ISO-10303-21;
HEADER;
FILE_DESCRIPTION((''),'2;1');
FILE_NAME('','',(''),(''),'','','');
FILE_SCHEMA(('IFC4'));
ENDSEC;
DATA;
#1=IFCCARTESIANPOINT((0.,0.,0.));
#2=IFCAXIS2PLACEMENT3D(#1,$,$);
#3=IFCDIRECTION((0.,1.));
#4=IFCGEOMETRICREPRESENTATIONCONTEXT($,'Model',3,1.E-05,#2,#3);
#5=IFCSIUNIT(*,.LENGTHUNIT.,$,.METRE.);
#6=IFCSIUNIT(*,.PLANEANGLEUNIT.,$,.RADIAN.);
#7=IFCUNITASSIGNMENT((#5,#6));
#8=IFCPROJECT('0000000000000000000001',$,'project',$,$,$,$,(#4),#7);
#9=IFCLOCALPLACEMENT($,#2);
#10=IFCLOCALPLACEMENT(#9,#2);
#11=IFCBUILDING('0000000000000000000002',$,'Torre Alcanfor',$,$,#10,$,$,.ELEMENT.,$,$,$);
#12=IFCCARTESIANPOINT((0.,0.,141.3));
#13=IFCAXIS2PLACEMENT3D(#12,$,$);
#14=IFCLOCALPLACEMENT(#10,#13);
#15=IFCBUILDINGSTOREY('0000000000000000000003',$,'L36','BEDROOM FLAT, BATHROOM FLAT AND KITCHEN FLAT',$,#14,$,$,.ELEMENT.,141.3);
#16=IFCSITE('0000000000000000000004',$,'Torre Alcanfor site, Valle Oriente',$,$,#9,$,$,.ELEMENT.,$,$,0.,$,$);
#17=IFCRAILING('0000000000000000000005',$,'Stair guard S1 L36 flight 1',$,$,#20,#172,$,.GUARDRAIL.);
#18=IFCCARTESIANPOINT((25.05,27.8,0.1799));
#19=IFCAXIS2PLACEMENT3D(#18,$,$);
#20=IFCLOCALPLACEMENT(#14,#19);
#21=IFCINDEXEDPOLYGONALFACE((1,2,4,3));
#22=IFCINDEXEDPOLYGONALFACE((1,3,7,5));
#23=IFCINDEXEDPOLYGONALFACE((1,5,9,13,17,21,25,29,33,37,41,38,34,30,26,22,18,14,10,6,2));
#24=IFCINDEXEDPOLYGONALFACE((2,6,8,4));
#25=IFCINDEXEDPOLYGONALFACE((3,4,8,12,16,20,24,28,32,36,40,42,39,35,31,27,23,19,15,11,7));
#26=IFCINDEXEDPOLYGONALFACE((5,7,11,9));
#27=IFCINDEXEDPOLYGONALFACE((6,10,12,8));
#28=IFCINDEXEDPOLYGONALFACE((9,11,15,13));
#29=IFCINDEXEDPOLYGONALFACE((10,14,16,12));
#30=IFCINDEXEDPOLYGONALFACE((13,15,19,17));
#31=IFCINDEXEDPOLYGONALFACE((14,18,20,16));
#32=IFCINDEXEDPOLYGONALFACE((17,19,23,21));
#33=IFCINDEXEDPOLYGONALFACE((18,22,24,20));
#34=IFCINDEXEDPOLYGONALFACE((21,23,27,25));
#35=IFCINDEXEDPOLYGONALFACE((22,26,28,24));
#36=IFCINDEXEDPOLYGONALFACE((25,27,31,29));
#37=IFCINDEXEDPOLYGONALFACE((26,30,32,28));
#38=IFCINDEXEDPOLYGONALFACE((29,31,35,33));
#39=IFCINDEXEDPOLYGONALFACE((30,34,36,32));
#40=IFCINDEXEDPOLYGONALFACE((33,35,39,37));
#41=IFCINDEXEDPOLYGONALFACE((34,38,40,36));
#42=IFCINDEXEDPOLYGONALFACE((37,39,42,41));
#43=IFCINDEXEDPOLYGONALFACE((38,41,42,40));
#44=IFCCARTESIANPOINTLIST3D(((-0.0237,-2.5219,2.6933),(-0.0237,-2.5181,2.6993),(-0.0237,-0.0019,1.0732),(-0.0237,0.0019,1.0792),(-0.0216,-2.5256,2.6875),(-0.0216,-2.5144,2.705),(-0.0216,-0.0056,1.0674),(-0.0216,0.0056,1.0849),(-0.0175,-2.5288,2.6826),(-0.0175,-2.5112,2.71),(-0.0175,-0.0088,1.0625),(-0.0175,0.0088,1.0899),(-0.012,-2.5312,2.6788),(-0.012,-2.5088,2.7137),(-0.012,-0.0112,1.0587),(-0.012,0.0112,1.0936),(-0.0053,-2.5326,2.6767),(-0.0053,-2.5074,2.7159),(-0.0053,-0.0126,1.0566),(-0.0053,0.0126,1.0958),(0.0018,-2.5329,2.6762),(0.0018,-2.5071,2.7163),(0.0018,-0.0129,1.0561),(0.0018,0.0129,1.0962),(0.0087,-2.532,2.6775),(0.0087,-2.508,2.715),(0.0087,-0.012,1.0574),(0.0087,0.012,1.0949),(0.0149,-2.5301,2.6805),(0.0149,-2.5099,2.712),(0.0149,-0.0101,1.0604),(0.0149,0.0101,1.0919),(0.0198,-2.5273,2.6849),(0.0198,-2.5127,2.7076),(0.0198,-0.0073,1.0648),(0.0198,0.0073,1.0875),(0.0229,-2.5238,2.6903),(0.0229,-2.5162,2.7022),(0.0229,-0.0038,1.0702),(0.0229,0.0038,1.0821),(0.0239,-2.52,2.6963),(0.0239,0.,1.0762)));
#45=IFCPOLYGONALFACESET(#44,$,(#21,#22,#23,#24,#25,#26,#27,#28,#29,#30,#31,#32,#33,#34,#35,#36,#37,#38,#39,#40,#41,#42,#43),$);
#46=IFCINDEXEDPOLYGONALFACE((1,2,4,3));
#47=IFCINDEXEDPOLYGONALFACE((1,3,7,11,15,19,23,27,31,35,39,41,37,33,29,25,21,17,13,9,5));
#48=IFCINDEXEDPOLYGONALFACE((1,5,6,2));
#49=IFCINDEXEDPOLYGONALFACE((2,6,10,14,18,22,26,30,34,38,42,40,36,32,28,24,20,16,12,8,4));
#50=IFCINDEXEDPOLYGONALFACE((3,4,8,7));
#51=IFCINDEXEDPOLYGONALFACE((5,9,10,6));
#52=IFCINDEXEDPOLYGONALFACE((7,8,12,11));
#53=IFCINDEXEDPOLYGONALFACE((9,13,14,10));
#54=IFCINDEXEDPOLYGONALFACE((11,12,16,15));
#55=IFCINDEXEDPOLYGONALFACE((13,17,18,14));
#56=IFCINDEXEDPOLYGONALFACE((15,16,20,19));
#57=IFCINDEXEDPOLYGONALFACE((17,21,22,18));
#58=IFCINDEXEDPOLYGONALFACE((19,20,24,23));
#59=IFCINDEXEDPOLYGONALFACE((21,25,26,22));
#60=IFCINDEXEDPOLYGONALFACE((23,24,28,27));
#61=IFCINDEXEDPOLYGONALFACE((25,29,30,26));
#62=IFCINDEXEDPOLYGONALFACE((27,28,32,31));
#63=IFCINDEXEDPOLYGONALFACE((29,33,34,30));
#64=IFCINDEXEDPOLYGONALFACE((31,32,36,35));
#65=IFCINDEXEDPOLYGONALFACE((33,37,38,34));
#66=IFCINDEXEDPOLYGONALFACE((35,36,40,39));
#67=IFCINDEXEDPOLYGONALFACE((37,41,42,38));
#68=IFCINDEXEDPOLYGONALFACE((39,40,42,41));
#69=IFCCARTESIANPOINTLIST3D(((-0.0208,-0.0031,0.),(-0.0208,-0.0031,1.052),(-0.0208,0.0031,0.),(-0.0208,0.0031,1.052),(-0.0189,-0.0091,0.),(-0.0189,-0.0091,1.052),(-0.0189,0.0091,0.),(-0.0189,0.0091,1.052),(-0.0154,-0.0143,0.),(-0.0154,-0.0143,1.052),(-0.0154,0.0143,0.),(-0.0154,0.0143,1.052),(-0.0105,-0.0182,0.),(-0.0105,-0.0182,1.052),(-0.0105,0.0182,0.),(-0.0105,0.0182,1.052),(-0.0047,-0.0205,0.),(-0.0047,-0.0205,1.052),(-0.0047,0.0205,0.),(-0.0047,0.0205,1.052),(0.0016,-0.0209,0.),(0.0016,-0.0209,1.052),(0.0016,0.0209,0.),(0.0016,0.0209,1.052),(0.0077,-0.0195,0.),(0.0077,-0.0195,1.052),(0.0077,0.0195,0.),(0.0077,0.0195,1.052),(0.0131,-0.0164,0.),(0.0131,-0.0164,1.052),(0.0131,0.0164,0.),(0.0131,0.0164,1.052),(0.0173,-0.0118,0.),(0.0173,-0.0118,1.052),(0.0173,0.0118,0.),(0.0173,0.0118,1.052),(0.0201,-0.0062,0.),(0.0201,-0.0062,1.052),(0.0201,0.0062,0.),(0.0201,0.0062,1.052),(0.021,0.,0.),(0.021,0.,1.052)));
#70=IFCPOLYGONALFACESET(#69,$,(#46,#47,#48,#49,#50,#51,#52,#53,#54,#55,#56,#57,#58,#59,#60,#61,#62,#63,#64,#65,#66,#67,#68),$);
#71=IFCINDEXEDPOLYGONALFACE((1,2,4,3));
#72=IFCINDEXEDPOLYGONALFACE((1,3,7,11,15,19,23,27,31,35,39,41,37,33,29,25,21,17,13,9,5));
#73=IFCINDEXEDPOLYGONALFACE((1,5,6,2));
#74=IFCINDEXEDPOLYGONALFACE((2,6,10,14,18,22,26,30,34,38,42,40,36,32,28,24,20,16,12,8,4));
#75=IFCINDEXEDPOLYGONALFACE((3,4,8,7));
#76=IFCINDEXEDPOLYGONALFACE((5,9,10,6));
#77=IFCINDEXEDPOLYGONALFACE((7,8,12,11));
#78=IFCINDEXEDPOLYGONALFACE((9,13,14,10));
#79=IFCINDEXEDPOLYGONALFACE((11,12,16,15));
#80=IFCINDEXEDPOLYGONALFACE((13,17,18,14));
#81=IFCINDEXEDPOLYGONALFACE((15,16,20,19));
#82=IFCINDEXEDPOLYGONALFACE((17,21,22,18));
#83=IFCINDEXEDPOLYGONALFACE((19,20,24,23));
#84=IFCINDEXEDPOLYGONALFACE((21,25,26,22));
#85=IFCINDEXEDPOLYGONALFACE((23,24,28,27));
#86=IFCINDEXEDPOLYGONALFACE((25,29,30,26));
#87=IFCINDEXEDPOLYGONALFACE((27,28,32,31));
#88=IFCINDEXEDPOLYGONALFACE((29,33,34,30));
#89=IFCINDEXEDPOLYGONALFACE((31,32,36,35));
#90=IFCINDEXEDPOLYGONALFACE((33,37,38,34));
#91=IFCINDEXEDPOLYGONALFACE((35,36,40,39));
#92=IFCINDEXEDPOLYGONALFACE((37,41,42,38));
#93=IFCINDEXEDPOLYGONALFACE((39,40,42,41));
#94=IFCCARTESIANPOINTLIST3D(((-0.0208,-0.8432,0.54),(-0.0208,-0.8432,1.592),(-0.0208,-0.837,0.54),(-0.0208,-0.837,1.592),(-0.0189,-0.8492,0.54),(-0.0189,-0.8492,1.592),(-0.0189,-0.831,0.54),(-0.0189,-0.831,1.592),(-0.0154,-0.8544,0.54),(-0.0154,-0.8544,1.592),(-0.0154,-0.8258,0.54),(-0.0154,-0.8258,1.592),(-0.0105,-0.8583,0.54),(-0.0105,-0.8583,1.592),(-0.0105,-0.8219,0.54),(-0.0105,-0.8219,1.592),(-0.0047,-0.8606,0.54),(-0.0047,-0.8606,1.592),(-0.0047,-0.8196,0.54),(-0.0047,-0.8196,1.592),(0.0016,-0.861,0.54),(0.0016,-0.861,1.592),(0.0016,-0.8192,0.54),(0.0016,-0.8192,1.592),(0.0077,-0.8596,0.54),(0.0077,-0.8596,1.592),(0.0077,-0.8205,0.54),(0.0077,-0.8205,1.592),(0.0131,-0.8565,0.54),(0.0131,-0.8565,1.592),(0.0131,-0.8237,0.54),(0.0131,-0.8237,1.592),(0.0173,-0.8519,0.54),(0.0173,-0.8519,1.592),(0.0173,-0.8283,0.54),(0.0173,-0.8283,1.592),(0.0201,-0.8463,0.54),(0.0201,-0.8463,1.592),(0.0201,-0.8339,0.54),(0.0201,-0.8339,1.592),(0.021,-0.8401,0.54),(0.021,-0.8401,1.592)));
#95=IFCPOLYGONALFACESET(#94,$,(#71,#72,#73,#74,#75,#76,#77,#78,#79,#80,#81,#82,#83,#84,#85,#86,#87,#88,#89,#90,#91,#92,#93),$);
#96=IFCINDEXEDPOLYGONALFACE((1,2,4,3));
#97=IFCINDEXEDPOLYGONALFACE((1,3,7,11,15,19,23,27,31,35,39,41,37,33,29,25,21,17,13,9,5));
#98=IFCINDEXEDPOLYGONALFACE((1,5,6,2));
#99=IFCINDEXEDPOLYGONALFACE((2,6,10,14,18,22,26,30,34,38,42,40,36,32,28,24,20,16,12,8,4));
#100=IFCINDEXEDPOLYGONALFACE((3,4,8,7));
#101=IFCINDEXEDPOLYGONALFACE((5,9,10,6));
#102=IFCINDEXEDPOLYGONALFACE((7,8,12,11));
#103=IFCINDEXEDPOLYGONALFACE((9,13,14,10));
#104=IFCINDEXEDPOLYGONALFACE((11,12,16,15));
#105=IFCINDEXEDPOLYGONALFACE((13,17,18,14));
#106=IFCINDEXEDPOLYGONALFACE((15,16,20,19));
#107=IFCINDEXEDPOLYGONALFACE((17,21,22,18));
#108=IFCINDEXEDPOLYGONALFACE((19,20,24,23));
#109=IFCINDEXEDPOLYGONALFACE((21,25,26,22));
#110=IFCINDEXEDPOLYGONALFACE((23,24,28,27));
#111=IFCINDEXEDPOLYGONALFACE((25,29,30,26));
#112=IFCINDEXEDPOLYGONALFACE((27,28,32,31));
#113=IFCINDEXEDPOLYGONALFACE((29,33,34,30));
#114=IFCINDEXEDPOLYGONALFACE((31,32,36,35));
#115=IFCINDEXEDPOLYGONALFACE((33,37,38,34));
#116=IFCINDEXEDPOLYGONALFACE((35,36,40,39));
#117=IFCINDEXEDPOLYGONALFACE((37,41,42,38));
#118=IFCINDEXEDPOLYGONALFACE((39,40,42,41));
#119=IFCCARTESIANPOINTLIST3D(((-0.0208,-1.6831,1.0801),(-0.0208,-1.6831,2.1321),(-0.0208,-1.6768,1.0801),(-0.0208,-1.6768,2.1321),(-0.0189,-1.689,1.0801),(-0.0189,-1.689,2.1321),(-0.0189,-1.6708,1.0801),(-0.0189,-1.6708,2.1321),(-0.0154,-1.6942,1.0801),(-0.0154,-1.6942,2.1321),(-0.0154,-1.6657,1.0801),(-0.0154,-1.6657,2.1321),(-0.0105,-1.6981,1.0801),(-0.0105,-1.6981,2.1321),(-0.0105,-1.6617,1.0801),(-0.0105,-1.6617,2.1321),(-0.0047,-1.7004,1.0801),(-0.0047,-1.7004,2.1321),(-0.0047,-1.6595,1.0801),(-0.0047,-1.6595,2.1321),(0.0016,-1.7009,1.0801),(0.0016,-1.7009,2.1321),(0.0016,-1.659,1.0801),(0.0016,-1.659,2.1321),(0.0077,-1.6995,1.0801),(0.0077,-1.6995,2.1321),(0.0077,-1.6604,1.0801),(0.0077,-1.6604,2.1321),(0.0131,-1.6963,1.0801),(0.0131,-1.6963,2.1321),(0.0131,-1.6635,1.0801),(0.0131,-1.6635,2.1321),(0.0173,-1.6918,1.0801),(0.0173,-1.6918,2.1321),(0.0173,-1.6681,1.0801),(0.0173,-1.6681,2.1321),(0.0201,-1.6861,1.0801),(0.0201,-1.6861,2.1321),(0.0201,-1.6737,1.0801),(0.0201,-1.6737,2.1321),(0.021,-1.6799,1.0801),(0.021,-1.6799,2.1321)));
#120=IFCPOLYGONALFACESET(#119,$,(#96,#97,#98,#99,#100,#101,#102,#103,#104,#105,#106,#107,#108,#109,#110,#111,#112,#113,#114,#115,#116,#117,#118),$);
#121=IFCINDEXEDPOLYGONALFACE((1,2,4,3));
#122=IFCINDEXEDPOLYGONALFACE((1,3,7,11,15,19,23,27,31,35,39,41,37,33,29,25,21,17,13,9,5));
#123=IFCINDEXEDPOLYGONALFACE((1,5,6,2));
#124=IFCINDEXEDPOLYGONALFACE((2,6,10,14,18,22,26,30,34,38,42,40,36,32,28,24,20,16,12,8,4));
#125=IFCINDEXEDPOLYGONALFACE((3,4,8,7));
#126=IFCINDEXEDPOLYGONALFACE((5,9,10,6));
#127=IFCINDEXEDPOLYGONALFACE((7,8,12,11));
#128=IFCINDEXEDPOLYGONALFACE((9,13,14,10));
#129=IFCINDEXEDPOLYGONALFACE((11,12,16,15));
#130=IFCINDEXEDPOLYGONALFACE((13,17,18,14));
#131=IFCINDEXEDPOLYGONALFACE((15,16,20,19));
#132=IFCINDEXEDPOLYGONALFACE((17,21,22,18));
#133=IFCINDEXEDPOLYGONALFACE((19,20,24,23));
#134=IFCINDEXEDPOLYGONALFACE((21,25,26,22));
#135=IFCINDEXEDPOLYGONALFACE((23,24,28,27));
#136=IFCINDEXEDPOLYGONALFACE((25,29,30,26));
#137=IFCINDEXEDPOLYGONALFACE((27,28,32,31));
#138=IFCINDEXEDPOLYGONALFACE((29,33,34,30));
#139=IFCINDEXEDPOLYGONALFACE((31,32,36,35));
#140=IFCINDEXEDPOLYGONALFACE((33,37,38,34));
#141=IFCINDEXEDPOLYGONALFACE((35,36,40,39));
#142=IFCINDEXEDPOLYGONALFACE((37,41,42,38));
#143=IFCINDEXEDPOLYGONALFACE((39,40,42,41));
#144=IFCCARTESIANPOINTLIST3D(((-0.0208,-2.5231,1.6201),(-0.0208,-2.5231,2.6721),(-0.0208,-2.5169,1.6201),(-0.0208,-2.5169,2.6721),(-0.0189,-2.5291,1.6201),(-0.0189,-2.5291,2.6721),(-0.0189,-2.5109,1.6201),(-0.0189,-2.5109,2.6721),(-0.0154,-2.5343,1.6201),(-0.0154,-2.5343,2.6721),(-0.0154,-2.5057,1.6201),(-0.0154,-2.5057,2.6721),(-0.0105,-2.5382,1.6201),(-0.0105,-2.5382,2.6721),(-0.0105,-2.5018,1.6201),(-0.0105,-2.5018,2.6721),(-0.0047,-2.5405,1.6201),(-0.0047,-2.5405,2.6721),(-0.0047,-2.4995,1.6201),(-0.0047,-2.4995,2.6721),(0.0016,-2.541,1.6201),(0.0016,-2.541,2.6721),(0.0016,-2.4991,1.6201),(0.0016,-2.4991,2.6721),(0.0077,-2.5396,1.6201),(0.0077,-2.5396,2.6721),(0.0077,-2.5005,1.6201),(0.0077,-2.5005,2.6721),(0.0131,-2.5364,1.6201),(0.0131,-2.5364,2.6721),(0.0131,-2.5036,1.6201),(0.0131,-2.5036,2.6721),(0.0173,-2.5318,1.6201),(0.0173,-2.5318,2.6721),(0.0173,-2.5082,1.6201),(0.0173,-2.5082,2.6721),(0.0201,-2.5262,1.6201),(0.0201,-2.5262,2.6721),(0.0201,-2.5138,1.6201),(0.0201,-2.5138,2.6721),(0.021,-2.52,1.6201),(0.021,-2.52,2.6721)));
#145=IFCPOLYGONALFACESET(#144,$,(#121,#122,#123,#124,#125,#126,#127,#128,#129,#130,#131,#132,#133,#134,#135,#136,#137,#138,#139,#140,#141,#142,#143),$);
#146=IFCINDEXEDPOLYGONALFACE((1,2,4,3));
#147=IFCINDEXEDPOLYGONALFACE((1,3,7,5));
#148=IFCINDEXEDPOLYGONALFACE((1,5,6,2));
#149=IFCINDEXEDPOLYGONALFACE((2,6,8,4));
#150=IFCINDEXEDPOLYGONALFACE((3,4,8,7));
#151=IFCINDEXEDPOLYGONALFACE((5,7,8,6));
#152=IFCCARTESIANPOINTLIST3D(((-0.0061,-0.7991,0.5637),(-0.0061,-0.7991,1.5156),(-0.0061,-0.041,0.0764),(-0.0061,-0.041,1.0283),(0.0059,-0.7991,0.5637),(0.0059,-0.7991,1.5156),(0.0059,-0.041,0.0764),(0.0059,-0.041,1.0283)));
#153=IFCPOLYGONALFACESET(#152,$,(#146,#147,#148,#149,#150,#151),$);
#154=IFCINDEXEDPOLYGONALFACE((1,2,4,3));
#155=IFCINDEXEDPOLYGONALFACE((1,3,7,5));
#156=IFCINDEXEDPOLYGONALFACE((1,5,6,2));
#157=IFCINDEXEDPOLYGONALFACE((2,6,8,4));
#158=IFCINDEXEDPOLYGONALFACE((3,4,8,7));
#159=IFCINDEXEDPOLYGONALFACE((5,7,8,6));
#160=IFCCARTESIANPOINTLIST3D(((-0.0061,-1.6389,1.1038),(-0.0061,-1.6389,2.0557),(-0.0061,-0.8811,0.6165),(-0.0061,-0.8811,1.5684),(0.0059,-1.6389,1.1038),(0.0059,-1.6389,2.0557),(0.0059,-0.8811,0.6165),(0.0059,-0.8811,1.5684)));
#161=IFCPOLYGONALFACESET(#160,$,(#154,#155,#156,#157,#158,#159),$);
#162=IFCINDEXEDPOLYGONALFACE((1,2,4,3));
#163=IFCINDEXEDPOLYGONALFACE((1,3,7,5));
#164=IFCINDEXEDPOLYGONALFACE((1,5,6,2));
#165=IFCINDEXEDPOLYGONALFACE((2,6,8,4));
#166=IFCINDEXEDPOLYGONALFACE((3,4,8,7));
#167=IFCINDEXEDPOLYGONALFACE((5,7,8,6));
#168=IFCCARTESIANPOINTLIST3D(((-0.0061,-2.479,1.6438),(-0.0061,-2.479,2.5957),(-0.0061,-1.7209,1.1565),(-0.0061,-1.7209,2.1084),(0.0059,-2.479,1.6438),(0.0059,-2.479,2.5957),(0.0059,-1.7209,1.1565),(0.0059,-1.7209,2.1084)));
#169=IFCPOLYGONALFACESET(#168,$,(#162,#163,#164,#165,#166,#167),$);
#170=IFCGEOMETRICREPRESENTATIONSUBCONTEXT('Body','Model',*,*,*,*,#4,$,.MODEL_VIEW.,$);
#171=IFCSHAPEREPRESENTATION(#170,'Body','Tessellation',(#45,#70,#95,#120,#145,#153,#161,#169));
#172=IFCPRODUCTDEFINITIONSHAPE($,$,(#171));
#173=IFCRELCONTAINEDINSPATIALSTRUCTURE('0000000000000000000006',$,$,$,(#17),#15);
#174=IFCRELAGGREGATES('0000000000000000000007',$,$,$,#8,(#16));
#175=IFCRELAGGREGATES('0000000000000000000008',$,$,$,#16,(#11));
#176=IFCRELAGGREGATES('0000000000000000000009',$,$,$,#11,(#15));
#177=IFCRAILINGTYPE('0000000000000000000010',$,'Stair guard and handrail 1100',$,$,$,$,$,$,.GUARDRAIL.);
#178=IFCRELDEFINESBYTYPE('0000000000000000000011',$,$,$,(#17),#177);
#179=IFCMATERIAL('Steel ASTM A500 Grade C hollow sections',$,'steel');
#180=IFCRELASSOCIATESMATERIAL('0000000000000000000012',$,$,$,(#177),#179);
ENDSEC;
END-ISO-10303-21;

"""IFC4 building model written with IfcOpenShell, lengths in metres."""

from ifc_helpers import new_model, si_unit, direction, frame, origin, origin_2d, place, context, subcontext, project, spatial, polyline, circle, outline, extrude, material, type_object, element, save


model = new_model("IFC4")

# Units and contexts
model_context = context("Model", 3, precision=1e-05, world=origin(), true_north=direction((0.0, 1.0)))
body_context = subcontext(model_context, "Body", "Model", "MODEL_VIEW")
ifc_project = project(units=[si_unit("LENGTHUNIT", "METRE"), si_unit("PLANEANGLEUNIT", "RADIAN")], contexts=[model_context])

# Site, building, storey
site_placement = place(None, origin())
site = spatial("IfcSite", under=ifc_project, at=site_placement, Name="Torre Alcanfor site, Valle Oriente", CompositionType="ELEMENT", RefElevation=0.0)
building_placement = place(site_placement, origin())
building = spatial("IfcBuilding", under=site, at=building_placement, Name="Torre Alcanfor", CompositionType="ELEMENT")
storey_placement = place(building_placement, frame((0.0, 0.0, 141.3)))
storey = spatial("IfcBuildingStorey", under=building, at=storey_placement, Name="L36", Description="BEDROOM FLAT, BATHROOM FLAT AND KITCHEN FLAT", CompositionType="ELEMENT", Elevation=141.3)

# Railing
ifc_material_1 = material(Name="Steel ASTM A500 Grade C hollow sections", Category="steel")
railing_type_1 = type_object("IfcRailingType", Name="Stair guard and handrail 1100", PredefinedType="GUARDRAIL", material=ifc_material_1)
railing_1_placement = place(storey_placement, frame((25.05, 27.8, 0.1799)))
element("IfcRailing", 1, at=railing_1_placement, inside=storey, type_object=railing_type_1, Name="Stair guard S1 L36 flight 1", PredefinedType="GUARDRAIL", context=body_context, shape_type="SweptSolid", body=[
    extrude(circle(Radius=0.0239, at=origin_2d()), frame((0.0, 0.0, 1.0762), z_axis=(0.0, -0.841163, 0.540782), x_axis=(1.0, 0.0, 0.0)), (0.0, 0.0, 1.0), 2.9958),
    extrude(circle(Radius=0.021, at=origin_2d()), origin(), (0.0, 0.0, 1.0), 1.052),
    extrude(circle(Radius=0.021, at=origin_2d()), frame((0.0, -0.8401, 0.54)), (0.0, 0.0, 1.0), 1.052),
    extrude(circle(Radius=0.021, at=origin_2d()), frame((0.0, -1.6799, 1.0801)), (0.0, 0.0, 1.0), 1.052),
    extrude(circle(Radius=0.021, at=origin_2d()), frame((0.0, -2.52, 1.6201)), (0.0, 0.0, 1.0), 1.052),
    extrude(outline(polyline([(0.041, 0.0764), (0.7991, 0.5637), (0.7991, 1.5156), (0.041, 1.0283), (0.041, 0.0764)])), frame((0.0059, 0.0, 0.0), z_axis=(-1.0, 0.0, 0.0), x_axis=(0.0, -1.0, 0.0)), (0.0, 0.0, 1.0), 0.012),
    extrude(outline(polyline([(0.8811, 0.6165), (1.6389, 1.1038), (1.6389, 2.0557), (0.8811, 1.5684), (0.8811, 0.6165)])), frame((0.0059, 0.0, 0.0), z_axis=(-1.0, 0.0, 0.0), x_axis=(0.0, -1.0, 0.0)), (0.0, 0.0, 1.0), 0.012),
    extrude(outline(polyline([(1.7209, 1.1565), (2.479, 1.6438), (2.479, 2.5957), (1.7209, 2.1084), (1.7209, 1.1565)])), frame((0.0059, 0.0, 0.0), z_axis=(-1.0, 0.0, 0.0), x_axis=(0.0, -1.0, 0.0)), (0.0, 0.0, 1.0), 0.012),
])

save(model, "model.ifc")
